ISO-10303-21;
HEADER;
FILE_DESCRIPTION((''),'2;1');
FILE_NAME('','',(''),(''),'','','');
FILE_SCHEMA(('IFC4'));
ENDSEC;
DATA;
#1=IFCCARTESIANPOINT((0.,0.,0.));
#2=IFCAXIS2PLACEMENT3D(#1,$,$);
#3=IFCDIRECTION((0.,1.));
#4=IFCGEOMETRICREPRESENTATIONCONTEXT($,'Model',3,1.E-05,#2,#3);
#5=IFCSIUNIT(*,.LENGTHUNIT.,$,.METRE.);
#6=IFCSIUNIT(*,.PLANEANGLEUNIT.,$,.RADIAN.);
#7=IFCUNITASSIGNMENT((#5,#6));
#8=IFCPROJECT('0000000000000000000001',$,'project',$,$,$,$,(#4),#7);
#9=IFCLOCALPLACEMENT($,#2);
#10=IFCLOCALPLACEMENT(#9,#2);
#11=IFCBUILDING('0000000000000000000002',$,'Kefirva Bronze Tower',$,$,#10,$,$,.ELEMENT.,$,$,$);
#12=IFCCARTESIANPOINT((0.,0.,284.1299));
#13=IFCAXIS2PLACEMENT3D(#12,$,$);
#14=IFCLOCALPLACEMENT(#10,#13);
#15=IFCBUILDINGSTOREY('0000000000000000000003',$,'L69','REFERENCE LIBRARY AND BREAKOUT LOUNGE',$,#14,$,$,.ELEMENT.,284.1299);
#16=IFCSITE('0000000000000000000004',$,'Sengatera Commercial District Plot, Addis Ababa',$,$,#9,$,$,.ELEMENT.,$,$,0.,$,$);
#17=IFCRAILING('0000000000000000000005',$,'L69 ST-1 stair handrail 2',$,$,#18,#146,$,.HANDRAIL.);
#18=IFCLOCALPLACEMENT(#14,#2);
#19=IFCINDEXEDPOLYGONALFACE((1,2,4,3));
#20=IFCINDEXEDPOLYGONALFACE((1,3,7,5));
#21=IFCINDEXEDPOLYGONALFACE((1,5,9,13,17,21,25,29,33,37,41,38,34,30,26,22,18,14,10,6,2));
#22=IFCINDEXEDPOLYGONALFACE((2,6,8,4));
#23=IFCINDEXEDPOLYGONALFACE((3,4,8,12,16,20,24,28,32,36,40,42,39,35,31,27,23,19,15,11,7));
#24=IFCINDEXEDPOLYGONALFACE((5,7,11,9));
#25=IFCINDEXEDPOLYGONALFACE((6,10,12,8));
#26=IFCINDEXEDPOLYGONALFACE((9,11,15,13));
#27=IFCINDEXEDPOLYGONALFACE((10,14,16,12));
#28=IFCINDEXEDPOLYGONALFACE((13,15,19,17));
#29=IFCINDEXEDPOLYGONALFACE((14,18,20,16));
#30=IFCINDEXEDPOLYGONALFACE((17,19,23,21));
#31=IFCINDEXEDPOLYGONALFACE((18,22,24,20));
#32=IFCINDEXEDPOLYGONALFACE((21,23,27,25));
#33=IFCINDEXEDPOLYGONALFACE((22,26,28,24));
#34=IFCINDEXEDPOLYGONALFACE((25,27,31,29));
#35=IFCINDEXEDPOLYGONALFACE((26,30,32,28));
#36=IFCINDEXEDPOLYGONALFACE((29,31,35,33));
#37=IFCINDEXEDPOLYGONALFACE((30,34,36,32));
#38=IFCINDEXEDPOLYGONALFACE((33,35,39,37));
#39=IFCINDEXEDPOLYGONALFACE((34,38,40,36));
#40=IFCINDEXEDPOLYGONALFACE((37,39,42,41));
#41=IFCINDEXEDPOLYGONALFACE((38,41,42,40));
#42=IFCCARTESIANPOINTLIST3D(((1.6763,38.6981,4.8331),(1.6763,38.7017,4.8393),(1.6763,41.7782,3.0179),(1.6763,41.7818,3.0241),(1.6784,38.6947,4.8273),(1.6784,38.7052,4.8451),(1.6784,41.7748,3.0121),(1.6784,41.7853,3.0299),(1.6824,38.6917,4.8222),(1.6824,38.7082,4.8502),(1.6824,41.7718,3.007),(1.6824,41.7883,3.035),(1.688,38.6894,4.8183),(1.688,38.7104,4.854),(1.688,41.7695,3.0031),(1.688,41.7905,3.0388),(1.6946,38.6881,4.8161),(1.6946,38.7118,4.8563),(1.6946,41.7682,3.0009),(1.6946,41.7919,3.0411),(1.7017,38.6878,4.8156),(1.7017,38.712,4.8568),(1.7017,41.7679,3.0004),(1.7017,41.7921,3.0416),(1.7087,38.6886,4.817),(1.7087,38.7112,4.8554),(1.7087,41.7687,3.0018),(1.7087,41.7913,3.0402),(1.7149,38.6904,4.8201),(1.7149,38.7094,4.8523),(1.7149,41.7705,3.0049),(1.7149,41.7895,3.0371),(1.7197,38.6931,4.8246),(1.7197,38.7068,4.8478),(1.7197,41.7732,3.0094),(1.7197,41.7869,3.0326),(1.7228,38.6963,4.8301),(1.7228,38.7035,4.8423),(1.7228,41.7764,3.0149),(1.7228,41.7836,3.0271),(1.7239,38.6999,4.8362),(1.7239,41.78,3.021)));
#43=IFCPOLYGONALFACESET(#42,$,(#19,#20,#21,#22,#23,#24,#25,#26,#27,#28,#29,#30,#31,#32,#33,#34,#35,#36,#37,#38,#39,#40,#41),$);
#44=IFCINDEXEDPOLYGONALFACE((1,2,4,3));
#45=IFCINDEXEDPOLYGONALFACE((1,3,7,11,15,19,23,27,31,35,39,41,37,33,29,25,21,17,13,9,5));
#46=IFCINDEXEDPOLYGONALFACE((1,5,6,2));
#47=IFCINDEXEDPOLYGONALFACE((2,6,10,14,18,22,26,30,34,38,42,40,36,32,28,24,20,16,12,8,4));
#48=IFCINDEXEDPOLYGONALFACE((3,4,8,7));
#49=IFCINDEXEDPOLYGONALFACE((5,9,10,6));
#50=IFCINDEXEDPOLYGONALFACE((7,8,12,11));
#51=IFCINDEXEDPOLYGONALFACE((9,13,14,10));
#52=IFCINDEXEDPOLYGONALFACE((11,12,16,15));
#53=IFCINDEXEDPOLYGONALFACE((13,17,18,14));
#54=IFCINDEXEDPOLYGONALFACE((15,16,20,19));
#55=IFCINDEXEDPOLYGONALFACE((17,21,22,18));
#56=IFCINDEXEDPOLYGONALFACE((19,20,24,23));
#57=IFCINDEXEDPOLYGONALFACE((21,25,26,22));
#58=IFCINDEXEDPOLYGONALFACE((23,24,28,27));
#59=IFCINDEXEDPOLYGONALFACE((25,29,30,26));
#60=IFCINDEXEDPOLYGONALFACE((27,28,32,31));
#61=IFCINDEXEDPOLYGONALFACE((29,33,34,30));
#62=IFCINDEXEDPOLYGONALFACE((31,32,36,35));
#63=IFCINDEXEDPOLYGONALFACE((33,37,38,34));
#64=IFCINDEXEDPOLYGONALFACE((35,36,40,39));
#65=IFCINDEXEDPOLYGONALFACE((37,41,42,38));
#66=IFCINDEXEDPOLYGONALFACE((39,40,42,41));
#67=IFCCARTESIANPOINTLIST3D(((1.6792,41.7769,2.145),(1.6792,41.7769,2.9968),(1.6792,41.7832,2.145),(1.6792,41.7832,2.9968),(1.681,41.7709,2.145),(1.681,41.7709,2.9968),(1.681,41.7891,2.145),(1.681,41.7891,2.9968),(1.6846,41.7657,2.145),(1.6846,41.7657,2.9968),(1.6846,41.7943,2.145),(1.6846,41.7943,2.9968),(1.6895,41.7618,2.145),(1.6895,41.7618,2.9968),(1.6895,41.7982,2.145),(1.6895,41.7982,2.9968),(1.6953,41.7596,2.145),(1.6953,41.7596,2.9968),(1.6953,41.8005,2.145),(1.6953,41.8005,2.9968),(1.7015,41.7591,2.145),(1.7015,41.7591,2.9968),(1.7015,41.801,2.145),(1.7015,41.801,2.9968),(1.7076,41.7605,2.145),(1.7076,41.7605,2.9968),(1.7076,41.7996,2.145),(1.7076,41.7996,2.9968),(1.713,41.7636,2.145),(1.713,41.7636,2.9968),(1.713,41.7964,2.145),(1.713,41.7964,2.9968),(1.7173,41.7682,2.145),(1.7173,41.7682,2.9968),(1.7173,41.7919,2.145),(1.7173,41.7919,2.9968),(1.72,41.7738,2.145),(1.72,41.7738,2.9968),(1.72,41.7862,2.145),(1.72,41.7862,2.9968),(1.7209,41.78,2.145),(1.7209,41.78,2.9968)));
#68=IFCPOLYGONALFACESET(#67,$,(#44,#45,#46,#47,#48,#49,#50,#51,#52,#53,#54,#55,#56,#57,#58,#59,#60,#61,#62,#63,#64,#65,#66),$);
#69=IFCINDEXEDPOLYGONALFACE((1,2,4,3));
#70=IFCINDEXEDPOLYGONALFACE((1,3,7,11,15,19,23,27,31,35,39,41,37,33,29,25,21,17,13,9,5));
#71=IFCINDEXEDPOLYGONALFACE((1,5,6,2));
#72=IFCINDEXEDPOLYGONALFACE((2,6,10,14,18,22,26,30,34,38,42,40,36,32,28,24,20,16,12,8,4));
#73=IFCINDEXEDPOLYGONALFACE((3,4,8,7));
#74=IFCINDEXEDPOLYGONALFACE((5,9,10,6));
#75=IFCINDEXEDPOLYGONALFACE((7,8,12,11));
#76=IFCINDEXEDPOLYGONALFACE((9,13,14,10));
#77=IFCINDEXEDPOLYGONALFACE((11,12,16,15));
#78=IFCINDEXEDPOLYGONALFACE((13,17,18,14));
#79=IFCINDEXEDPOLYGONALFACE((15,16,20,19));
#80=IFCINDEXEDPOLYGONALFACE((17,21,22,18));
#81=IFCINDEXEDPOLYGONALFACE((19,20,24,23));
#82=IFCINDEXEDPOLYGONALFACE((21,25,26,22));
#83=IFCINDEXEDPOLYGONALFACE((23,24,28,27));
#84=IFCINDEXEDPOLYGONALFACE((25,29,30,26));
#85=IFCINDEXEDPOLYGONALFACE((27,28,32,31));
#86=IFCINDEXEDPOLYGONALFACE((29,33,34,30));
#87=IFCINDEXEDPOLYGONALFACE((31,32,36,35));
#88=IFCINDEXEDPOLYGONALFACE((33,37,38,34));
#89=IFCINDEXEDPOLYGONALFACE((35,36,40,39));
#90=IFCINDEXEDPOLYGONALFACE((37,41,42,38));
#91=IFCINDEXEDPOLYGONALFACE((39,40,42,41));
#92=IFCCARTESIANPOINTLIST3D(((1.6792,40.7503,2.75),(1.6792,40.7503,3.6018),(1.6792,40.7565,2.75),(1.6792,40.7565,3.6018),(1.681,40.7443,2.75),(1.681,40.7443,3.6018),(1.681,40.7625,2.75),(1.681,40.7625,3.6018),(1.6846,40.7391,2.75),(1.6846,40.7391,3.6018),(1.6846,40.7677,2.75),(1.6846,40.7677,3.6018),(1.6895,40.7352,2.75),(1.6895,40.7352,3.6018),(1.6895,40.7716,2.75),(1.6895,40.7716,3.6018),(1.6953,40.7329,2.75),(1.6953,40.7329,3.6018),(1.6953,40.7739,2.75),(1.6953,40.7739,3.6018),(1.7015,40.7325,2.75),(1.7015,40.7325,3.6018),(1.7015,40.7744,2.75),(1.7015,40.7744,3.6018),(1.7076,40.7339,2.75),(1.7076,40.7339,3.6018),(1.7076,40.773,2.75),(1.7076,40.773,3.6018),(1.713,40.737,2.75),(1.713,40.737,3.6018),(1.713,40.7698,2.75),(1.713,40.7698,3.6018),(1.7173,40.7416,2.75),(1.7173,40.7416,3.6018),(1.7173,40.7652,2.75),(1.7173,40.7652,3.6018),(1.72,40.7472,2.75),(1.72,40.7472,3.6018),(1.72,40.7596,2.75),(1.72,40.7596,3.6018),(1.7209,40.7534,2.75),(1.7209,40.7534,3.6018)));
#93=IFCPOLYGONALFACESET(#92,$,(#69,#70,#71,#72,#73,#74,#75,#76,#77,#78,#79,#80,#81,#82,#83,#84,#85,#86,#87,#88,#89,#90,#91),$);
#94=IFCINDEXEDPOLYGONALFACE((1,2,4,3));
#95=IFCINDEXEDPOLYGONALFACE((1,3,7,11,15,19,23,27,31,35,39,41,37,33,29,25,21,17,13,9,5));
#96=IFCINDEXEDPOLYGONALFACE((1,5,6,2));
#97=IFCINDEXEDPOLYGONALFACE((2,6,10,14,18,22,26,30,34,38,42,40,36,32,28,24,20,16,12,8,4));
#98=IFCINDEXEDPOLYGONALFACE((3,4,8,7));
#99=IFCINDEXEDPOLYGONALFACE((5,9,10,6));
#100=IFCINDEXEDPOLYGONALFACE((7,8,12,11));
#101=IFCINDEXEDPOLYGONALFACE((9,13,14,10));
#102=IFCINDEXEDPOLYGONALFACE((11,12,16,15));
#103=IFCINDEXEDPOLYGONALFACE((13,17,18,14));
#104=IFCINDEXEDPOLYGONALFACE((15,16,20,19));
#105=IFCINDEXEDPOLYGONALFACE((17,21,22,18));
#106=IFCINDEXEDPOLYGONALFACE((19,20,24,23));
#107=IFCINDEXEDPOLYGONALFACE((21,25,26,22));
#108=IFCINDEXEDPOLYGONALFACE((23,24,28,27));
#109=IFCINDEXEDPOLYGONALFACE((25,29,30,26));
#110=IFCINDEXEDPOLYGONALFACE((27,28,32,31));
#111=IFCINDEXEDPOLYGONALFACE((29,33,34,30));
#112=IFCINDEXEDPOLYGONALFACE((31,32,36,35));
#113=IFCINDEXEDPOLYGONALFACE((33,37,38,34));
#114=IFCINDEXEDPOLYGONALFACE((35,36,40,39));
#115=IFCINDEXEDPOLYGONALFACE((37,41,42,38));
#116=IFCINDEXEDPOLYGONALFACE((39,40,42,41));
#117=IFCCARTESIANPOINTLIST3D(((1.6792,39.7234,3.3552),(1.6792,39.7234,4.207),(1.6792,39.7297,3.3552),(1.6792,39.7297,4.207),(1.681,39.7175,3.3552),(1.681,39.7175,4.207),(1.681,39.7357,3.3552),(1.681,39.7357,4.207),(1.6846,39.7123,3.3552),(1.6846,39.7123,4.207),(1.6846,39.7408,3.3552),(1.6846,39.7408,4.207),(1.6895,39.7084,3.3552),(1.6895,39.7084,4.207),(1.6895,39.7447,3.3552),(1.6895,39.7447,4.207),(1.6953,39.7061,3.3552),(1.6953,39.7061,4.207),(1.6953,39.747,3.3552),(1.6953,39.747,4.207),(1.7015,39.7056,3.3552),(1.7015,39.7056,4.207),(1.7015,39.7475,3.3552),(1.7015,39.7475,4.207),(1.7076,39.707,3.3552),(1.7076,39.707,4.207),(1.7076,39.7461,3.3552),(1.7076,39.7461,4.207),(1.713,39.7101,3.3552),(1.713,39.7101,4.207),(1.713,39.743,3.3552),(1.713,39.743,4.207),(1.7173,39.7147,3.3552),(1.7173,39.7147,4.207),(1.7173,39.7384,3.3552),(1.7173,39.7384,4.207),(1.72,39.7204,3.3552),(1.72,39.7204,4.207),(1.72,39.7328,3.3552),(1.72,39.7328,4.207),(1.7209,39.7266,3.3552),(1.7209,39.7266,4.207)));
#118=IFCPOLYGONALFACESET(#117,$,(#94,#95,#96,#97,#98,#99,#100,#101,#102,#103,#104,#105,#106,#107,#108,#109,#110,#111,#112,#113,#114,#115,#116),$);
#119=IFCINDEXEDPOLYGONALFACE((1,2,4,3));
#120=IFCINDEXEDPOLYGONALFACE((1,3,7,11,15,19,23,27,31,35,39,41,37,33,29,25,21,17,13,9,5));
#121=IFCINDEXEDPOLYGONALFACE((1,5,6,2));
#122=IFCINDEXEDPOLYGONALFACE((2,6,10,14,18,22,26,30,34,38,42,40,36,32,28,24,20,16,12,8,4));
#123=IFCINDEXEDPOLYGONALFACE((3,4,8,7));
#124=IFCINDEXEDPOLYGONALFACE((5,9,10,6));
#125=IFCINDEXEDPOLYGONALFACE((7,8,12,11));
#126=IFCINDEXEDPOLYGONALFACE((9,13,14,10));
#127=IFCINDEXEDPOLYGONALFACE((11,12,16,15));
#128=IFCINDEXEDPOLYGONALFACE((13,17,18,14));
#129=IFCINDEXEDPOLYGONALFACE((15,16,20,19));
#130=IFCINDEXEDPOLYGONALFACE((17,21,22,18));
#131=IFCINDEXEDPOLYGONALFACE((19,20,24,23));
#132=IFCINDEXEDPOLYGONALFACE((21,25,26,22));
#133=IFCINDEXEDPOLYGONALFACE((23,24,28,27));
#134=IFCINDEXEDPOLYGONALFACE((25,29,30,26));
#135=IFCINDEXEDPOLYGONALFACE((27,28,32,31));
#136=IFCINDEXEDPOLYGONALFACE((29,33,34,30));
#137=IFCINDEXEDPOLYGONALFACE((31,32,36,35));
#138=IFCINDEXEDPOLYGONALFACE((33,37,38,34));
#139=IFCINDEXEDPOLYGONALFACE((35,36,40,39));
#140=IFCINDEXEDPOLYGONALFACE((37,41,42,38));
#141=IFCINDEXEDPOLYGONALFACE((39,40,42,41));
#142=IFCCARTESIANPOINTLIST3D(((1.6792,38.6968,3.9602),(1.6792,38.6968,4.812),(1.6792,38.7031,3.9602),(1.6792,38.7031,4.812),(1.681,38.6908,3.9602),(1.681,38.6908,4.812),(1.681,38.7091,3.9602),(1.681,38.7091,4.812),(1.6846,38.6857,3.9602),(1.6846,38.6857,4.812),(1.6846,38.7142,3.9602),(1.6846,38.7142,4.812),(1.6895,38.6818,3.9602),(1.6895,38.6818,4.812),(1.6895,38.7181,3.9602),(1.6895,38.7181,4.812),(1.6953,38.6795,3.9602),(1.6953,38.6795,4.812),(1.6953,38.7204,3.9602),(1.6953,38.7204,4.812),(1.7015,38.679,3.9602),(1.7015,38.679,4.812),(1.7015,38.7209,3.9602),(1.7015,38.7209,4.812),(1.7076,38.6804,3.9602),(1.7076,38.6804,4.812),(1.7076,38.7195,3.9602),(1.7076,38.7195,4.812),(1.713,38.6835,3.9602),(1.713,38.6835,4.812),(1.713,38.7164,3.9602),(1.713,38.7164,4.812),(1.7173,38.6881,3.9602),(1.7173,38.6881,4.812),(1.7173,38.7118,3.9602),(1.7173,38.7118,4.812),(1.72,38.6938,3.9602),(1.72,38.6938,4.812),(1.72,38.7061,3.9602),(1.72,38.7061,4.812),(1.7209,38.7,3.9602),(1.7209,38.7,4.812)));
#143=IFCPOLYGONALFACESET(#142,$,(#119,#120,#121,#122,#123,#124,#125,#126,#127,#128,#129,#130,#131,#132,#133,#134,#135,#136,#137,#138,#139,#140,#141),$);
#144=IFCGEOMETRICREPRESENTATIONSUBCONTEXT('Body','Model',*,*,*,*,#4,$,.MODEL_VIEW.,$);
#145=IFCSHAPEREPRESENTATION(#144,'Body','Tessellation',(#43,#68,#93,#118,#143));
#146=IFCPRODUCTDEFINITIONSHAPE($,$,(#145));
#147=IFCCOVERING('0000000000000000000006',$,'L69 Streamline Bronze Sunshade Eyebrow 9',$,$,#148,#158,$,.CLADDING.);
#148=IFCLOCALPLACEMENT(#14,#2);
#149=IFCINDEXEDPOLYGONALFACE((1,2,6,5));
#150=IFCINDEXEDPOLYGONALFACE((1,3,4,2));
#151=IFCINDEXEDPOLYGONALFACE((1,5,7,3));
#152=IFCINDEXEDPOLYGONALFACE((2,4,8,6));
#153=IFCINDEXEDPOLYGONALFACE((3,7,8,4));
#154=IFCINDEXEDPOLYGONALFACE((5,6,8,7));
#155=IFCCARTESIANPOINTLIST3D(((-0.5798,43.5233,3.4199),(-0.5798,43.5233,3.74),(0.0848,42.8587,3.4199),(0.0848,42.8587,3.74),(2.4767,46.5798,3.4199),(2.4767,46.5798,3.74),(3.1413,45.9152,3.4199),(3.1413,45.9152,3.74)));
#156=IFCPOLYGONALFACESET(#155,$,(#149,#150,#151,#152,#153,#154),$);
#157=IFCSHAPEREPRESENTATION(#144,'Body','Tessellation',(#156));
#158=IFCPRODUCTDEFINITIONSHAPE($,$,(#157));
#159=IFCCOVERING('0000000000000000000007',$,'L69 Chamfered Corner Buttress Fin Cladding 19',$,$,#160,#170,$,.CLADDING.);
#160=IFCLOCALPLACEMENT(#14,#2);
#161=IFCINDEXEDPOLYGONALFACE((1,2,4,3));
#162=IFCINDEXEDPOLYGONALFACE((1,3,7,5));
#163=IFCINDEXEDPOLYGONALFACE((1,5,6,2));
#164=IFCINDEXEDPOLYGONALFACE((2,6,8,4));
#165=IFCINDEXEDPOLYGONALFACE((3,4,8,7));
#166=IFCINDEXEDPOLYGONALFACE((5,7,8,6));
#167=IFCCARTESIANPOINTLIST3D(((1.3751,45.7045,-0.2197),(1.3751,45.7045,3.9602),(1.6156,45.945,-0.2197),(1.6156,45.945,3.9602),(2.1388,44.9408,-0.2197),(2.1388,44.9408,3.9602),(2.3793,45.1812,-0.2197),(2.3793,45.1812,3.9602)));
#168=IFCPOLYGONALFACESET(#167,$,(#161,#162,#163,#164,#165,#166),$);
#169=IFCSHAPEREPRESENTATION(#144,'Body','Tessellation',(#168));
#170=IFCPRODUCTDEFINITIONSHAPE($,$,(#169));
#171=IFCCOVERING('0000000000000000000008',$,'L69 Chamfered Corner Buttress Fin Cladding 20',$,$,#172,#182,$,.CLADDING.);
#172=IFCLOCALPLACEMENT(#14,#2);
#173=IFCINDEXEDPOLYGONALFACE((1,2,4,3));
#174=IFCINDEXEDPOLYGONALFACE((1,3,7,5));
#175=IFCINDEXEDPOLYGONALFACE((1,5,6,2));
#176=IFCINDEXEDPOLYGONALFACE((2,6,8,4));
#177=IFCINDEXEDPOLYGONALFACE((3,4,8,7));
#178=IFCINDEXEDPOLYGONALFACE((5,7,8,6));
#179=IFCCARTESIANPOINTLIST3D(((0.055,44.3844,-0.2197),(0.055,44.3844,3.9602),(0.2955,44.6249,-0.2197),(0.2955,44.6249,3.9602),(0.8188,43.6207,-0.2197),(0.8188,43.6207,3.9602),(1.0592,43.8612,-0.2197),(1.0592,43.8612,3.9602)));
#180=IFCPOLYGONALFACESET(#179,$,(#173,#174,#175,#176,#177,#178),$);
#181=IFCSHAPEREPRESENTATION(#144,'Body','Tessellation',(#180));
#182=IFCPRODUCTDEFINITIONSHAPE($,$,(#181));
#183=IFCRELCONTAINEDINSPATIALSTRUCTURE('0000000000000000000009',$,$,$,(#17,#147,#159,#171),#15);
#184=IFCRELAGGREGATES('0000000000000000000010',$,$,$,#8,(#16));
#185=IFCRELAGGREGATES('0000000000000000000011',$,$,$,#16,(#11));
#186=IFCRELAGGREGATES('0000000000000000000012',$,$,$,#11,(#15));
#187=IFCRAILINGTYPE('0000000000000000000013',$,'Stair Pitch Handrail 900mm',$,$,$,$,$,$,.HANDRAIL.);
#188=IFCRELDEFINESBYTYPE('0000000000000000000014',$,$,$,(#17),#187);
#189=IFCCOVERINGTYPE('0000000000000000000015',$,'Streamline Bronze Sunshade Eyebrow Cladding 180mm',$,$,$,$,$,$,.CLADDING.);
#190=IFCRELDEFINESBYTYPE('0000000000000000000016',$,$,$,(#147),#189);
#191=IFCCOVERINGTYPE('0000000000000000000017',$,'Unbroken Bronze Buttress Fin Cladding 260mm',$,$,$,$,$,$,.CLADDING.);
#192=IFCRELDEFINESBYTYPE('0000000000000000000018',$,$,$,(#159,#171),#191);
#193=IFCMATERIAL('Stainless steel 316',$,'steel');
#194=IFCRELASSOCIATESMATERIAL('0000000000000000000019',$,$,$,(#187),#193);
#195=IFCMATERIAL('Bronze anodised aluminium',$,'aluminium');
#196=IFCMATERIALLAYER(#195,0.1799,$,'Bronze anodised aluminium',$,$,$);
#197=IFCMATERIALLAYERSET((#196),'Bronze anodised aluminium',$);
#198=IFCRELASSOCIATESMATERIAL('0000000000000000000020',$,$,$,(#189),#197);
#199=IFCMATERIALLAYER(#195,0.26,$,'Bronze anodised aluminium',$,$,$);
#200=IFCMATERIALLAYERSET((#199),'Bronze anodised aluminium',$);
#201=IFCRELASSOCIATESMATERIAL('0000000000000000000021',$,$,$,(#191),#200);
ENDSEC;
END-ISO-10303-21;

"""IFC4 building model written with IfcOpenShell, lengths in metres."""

from ifc_helpers import new_model, si_unit, direction, frame, origin, origin_2d, place, context, subcontext, project, spatial, rectangle, circle, extrude, material, layer, layer_set, type_object, element, save


model = new_model("IFC4")

# Units and contexts
model_context = context("Model", 3, precision=1e-05, world=origin(), true_north=direction((0.0, 1.0)))
body_context = subcontext(model_context, "Body", "Model", "MODEL_VIEW")
ifc_project = project(units=[si_unit("LENGTHUNIT", "METRE"), si_unit("PLANEANGLEUNIT", "RADIAN")], contexts=[model_context])

# Site, building, storey
site_placement = place(None, origin())
site = spatial("IfcSite", under=ifc_project, at=site_placement, Name="Sengatera Commercial District Plot, Addis Ababa", CompositionType="ELEMENT", RefElevation=0.0)
building_placement = place(site_placement, origin())
building = spatial("IfcBuilding", under=site, at=building_placement, Name="Kefirva Bronze Tower", CompositionType="ELEMENT")
storey_placement = place(building_placement, frame((0.0, 0.0, 284.1299)))
storey = spatial("IfcBuildingStorey", under=building, at=storey_placement, Name="L69", Description="REFERENCE LIBRARY AND BREAKOUT LOUNGE", CompositionType="ELEMENT", Elevation=284.1299)

# Shared definitions
ifc_material_1 = material(Name="Bronze anodised aluminium", Category="aluminium")

# Railing
ifc_material_2 = material(Name="Stainless steel 316", Category="steel")
railing_type_1 = type_object("IfcRailingType", Name="Stair Pitch Handrail 900mm", PredefinedType="HANDRAIL", material=ifc_material_2)
railing_1_placement = place(storey_placement, frame((1.7, 41.78, 2.145)))
element("IfcRailing", 1, at=railing_1_placement, inside=storey, type_object=railing_type_1, Name="L69 ST-1 stair handrail 2", PredefinedType="HANDRAIL", context=body_context, shape_type="SweptSolid", body=[
    extrude(circle(Radius=0.0239, at=origin_2d()), frame((0.0, 0.0, 0.876), z_axis=(0.0, -0.861521, 0.507721), x_axis=(1.0, 0.0, 0.0)), (0.0, 0.0, 1.0), 3.5752),
    extrude(circle(Radius=0.021, at=origin_2d()), origin(), (0.0, 0.0, 1.0), 0.8518),
    extrude(circle(Radius=0.021, at=origin_2d()), frame((0.0, -1.0266, 0.605)), (0.0, 0.0, 1.0), 0.8518),
    extrude(circle(Radius=0.021, at=origin_2d()), frame((0.0, -2.0535, 1.2102)), (0.0, 0.0, 1.0), 0.8518),
    extrude(circle(Radius=0.021, at=origin_2d()), frame((0.0, -3.0801, 1.8152)), (0.0, 0.0, 1.0), 0.8518),
])

# Coverings
ifc_layer_1 = layer(ifc_material_1, 0.1799, Name="Bronze anodised aluminium")
ifc_layer_set_1 = layer_set([ifc_layer_1], Name="Bronze anodised aluminium")
covering_type_1 = type_object("IfcCoveringType", Name="Streamline Bronze Sunshade Eyebrow Cladding 180mm", PredefinedType="CLADDING", material=ifc_layer_set_1)
covering_1_placement = place(storey_placement, frame((1.2808, 44.7192, 3.4199), z_axis=(0.0, 0.0, 1.0), x_axis=(-0.707107, -0.707107, 0.0)))
element("IfcCovering", 2, at=covering_1_placement, inside=storey, type_object=covering_type_1, Name="L69 Streamline Bronze Sunshade Eyebrow 9", PredefinedType="CLADDING", context=body_context, shape_type="SweptSolid", body=[
    extrude(rectangle(XDim=4.3225, YDim=0.9399, at=origin_2d()), origin(), (0.0, 0.0, 1.0), 0.3201),
])
ifc_layer_2 = layer(ifc_material_1, 0.26, Name="Bronze anodised aluminium")
ifc_layer_set_2 = layer_set([ifc_layer_2], Name="Bronze anodised aluminium")
covering_type_2 = type_object("IfcCoveringType", Name="Unbroken Bronze Buttress Fin Cladding 260mm", PredefinedType="CLADDING", material=ifc_layer_set_2)
for number, where, z_axis, x_axis, name in (
    (3, (1.8772, 45.4429, -0.2197), (0.0, 0.0, 1.0), (-0.707107, -0.707107, 0.0), "L69 Chamfered Corner Buttress Fin Cladding 19"),
    (4, (0.5571, 44.1228, -0.2197), (0.0, 0.0, 1.0), (-0.707107, -0.707107, 0.0), "L69 Chamfered Corner Buttress Fin Cladding 20"),
):
    element("IfcCovering", number, at=place(storey_placement, frame(where, z_axis=z_axis, x_axis=x_axis)), inside=storey, type_object=covering_type_2, Name=name, PredefinedType="CLADDING", context=body_context, shape_type="SweptSolid", body=[
        extrude(rectangle(XDim=0.3401, YDim=1.0801, at=origin_2d()), origin(), (0.0, 0.0, 1.0), 4.1799),
    ])

save(model, "model.ifc")
